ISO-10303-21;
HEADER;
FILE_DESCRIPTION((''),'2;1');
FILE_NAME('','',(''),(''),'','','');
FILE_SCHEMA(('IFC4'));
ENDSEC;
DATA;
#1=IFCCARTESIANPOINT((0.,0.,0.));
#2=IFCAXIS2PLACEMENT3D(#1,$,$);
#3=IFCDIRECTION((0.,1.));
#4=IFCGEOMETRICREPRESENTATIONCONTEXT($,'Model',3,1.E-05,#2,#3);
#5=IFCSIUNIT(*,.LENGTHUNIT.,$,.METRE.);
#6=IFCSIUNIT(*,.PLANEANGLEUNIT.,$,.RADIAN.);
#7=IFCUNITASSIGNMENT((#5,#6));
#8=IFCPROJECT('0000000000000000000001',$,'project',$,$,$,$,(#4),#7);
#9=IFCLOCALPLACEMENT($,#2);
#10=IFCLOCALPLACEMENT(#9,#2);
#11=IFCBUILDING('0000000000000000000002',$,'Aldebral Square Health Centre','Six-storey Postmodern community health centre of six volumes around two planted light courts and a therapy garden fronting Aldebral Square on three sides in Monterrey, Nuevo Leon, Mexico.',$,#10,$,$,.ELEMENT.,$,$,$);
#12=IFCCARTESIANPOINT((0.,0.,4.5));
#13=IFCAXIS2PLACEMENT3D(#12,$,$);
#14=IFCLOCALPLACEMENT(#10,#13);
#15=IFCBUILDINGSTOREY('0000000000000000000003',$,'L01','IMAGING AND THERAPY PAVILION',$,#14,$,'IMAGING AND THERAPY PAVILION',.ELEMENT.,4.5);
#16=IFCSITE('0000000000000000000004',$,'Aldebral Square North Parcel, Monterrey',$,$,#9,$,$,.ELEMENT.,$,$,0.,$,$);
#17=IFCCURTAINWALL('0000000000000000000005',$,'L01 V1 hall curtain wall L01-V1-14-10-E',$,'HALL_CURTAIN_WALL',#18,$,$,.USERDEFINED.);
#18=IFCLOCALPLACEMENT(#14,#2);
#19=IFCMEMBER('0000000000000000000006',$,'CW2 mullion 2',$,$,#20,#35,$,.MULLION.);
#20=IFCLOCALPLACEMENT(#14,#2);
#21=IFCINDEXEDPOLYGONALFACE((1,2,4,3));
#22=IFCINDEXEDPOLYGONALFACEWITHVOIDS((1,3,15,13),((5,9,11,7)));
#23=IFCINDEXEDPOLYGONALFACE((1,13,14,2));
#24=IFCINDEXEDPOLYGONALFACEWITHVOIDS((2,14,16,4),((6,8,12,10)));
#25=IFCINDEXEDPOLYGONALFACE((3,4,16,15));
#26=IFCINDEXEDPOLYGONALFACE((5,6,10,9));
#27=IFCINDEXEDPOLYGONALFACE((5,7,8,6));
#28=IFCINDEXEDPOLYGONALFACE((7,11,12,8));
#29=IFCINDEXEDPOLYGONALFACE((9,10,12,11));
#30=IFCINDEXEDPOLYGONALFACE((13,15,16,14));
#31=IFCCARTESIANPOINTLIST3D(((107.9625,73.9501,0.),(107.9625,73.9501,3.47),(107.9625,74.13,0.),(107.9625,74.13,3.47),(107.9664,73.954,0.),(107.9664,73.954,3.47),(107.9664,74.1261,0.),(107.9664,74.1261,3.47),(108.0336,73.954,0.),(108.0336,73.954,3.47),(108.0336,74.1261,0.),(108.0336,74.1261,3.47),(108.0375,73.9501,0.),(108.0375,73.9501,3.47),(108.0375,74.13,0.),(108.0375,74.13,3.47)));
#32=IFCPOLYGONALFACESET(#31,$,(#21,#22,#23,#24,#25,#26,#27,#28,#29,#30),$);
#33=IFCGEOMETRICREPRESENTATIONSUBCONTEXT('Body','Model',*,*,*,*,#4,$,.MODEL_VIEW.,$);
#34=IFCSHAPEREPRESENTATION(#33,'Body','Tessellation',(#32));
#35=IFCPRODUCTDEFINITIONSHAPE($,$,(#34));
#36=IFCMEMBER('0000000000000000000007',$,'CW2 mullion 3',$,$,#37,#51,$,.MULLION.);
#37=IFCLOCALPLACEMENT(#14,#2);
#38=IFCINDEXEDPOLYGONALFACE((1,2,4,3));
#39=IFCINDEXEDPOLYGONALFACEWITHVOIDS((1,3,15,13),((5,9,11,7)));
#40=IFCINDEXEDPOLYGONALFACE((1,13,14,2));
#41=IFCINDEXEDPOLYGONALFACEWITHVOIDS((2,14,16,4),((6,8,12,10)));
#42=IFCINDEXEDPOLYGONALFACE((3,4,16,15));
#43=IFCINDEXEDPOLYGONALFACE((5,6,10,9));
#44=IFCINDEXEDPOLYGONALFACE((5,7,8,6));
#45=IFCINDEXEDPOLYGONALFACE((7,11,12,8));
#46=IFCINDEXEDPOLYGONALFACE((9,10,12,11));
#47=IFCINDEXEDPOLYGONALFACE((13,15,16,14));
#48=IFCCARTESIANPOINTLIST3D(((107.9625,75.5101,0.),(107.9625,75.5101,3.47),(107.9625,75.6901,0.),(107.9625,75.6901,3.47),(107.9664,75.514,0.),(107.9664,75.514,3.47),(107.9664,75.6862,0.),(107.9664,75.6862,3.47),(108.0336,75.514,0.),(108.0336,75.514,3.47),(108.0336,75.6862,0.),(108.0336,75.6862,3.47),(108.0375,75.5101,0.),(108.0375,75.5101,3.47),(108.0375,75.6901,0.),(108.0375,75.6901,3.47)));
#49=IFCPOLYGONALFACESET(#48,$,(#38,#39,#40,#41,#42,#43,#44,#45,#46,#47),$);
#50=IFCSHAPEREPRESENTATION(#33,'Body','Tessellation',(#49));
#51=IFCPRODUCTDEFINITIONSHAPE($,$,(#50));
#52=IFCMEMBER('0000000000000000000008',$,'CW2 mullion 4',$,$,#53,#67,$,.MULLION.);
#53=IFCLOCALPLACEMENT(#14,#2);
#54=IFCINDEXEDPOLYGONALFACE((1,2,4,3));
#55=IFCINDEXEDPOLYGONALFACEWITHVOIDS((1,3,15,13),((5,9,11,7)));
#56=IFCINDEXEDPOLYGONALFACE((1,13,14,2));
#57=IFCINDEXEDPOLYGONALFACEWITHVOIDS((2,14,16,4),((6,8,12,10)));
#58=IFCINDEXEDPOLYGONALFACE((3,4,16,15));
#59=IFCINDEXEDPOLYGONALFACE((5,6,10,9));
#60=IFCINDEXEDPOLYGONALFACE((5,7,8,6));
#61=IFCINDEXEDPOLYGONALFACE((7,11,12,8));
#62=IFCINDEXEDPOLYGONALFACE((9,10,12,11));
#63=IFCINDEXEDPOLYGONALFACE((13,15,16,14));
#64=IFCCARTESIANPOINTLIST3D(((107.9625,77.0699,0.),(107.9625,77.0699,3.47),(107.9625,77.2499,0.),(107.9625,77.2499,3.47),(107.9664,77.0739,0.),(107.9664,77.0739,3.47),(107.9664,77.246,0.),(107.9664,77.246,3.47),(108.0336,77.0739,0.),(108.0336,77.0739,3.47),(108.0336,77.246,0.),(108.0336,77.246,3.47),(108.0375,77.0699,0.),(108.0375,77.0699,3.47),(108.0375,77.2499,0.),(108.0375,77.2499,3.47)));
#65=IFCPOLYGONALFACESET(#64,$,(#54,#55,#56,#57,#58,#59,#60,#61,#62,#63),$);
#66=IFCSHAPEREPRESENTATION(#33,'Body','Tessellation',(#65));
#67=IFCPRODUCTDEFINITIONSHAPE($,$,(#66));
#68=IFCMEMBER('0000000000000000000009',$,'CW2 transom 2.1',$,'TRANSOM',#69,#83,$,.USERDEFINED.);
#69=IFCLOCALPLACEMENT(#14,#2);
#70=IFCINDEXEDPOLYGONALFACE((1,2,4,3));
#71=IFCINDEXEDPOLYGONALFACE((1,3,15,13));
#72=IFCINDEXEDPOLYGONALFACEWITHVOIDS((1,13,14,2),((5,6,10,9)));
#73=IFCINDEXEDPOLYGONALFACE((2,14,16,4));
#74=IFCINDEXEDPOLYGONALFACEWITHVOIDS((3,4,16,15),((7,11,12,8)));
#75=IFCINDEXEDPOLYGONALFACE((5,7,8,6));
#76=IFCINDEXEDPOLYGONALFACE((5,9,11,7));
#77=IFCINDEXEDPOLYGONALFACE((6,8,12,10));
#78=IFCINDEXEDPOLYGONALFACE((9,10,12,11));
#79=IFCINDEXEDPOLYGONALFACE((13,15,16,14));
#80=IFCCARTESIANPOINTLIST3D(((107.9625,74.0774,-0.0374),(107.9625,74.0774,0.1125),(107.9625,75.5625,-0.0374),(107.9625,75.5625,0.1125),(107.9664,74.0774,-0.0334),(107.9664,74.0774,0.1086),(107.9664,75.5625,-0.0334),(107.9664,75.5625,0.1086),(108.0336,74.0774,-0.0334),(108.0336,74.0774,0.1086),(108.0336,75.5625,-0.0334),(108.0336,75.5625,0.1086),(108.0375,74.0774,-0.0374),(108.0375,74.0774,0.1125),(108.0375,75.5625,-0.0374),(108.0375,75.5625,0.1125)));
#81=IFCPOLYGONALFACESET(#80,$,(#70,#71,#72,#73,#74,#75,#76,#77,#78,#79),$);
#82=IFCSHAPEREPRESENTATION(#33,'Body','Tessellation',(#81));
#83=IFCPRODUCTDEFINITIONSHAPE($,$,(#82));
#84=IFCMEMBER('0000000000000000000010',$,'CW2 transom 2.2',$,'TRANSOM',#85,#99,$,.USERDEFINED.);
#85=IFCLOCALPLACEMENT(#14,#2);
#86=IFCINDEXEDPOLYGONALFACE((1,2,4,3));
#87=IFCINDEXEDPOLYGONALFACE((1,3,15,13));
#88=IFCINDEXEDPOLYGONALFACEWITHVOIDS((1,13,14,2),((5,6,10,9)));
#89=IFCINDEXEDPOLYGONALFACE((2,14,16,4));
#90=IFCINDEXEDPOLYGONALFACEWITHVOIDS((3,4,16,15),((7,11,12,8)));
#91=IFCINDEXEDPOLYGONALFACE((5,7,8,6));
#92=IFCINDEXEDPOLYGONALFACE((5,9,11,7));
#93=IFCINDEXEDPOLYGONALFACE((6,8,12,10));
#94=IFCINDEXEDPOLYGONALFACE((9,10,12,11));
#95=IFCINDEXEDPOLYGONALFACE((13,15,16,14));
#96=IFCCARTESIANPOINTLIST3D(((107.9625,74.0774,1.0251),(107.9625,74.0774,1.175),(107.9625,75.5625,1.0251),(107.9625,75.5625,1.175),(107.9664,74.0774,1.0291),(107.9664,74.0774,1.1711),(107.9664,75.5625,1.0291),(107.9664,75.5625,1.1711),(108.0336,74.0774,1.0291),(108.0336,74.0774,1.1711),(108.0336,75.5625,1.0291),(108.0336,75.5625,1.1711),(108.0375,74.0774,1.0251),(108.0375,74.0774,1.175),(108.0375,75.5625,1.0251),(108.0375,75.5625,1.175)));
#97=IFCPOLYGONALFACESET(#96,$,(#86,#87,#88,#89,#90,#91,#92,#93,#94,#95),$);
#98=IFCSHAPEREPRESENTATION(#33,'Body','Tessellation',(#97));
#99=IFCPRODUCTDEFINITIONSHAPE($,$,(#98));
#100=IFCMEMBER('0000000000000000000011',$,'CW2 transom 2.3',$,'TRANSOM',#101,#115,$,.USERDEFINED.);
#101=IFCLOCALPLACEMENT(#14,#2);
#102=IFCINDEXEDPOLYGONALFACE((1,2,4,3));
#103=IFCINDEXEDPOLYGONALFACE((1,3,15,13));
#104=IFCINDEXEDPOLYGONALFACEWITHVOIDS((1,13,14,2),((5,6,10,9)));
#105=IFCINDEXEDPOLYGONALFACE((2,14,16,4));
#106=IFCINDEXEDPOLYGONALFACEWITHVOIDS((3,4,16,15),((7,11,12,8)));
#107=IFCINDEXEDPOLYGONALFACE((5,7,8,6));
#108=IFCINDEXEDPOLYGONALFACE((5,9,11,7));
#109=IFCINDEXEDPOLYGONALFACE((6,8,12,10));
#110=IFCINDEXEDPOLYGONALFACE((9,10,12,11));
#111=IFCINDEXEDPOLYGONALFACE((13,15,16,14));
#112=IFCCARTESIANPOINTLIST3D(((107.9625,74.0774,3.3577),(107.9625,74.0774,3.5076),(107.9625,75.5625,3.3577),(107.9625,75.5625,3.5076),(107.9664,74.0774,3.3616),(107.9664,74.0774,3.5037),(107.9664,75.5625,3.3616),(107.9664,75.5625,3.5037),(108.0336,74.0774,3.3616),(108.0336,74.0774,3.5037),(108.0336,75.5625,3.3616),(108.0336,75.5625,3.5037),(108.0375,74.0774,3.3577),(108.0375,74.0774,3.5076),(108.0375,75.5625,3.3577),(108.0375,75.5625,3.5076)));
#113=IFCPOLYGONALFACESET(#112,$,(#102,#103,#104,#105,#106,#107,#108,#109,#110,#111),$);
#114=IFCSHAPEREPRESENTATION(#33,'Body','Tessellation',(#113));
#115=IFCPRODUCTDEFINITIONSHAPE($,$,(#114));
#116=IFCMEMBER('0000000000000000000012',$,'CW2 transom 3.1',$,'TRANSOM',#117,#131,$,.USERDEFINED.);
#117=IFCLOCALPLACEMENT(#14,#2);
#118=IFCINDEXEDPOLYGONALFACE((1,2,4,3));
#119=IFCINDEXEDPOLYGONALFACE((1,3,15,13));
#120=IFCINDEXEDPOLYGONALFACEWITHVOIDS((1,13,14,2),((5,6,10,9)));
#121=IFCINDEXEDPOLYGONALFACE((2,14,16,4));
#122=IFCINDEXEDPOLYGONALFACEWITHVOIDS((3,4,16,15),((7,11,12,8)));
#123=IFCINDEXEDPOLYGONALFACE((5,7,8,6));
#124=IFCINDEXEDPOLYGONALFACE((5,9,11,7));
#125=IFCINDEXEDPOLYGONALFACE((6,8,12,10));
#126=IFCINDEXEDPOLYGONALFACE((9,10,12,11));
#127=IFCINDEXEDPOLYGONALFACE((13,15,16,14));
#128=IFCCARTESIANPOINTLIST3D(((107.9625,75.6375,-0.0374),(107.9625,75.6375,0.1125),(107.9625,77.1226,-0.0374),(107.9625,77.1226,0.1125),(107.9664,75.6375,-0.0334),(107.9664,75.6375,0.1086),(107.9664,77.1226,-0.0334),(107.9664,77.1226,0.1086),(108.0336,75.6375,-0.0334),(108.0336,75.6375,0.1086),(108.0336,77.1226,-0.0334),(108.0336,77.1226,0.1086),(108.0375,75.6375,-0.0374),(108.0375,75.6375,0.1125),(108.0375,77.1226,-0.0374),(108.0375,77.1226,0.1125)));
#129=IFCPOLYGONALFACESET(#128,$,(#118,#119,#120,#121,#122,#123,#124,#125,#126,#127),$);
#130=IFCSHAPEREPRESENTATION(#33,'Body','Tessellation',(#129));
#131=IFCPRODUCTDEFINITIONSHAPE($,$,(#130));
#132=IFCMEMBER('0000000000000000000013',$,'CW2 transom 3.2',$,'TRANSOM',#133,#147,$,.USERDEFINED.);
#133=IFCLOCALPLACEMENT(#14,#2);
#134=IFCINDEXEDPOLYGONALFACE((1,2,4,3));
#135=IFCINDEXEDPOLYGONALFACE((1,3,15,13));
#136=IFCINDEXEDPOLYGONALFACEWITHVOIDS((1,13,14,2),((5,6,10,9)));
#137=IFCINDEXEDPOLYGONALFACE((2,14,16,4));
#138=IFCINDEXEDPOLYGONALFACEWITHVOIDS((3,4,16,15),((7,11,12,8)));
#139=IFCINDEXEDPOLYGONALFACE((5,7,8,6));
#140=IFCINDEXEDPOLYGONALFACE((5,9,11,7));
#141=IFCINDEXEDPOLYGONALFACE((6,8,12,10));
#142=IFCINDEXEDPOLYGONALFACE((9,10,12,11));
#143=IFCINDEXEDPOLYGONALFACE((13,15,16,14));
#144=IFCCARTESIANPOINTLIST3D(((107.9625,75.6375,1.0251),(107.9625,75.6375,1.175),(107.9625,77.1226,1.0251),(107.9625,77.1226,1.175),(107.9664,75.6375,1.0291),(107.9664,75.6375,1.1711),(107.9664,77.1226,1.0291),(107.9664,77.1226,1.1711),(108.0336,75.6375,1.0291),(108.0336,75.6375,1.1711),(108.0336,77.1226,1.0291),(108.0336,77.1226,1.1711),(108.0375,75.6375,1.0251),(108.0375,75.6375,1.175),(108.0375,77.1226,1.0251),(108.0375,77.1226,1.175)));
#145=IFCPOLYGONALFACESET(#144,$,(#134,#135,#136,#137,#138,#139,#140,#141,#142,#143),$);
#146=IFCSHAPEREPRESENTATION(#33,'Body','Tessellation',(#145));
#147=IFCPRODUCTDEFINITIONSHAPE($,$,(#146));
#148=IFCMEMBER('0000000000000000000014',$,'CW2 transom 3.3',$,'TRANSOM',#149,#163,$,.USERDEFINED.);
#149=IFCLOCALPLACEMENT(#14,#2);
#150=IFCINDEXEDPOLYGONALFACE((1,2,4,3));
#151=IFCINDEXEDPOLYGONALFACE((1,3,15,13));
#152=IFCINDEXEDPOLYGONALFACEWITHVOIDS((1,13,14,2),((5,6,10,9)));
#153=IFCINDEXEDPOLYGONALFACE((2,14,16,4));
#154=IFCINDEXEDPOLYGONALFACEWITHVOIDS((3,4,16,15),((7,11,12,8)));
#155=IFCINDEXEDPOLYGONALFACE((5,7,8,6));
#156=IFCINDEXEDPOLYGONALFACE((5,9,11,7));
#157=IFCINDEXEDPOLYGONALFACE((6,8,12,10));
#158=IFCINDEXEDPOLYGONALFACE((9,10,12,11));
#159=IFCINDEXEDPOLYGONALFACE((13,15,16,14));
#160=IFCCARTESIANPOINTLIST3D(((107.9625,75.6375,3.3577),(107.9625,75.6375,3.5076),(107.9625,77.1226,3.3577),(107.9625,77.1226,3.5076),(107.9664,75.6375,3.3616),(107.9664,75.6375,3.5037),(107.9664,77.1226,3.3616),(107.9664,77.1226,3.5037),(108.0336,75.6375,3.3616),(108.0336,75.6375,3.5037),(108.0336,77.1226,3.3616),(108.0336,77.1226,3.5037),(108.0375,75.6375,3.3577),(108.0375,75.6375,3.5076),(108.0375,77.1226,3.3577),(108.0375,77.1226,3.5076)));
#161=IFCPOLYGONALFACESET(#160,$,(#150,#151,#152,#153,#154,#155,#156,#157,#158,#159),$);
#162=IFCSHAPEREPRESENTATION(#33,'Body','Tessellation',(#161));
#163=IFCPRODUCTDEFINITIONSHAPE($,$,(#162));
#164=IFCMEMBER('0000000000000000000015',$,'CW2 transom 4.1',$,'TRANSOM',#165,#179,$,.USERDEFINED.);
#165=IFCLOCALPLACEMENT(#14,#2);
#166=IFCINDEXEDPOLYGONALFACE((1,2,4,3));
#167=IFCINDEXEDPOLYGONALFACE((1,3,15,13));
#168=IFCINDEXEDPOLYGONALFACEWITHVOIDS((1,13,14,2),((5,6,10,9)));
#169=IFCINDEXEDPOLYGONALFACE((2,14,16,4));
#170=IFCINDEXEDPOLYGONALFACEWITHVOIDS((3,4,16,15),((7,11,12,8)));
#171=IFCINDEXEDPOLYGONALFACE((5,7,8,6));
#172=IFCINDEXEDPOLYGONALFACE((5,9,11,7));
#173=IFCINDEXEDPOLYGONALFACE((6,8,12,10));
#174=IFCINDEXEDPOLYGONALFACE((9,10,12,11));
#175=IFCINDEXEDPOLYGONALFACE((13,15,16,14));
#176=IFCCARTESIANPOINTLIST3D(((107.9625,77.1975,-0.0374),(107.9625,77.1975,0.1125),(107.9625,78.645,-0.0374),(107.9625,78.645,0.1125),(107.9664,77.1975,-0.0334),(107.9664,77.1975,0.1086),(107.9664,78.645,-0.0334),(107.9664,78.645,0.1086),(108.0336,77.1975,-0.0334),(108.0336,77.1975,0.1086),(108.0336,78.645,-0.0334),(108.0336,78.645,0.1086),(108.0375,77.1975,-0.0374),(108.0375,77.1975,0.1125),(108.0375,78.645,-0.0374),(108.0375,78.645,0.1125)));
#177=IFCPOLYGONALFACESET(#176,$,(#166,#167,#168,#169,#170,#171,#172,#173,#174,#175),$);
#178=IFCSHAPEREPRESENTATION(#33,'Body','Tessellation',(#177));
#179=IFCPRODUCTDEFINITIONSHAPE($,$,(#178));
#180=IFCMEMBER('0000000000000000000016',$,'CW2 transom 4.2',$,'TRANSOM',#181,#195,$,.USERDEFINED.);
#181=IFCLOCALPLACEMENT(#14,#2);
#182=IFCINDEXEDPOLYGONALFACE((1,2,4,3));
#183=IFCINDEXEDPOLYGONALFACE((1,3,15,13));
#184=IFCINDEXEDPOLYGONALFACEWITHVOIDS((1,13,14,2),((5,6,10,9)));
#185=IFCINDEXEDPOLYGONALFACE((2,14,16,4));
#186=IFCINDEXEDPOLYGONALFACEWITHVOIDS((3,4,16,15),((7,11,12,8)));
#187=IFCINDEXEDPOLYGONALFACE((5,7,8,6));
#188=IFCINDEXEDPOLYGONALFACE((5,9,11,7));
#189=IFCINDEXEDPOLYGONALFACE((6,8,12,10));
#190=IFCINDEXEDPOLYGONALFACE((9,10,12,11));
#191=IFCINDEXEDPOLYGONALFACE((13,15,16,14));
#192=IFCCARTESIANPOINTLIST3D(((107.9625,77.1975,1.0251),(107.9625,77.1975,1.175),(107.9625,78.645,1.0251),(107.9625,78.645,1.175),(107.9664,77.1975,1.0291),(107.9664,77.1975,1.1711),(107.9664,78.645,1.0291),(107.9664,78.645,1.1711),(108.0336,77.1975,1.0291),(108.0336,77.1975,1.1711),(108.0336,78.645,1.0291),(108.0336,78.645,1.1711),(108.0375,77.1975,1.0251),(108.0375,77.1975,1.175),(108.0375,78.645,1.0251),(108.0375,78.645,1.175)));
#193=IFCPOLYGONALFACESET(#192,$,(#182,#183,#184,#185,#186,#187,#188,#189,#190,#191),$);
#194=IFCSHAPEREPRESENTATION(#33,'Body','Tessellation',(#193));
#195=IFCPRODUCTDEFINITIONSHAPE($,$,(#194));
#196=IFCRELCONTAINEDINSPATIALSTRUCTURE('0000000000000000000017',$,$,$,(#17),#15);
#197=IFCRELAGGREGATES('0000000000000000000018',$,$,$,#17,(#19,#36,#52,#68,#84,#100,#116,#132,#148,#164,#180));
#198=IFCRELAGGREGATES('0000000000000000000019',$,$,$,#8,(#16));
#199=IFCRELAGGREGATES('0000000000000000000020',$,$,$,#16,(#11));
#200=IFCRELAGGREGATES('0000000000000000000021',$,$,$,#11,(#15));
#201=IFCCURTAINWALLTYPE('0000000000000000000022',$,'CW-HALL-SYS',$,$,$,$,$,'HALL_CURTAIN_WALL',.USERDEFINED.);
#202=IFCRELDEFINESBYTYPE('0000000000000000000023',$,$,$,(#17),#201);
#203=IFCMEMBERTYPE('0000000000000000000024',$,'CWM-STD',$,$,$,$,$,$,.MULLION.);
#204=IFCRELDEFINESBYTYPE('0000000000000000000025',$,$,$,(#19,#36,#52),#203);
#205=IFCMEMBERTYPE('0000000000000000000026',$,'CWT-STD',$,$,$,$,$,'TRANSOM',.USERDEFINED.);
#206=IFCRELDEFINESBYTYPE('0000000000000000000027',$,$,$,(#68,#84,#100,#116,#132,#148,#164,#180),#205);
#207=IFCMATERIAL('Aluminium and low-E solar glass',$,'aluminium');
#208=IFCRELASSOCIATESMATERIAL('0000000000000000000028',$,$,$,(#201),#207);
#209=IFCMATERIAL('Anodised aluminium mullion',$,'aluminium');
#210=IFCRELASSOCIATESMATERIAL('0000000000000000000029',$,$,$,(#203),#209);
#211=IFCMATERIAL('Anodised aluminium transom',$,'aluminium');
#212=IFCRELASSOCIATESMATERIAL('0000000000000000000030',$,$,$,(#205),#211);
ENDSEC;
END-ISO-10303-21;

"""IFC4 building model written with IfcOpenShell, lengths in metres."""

from ifc_helpers import new_model, si_unit, direction, frame, origin, origin_2d, place, context, subcontext, project, spatial, hollow_rectangle, extrude, material, material_profile, profile_set, type_object, element, aggregate, save


model = new_model("IFC4")

# Units and contexts
model_context = context("Model", 3, precision=1e-05, world=origin(), true_north=direction((0.0, 1.0)))
body_context = subcontext(model_context, "Body", "Model", "MODEL_VIEW")
ifc_project = project(units=[si_unit("LENGTHUNIT", "METRE"), si_unit("PLANEANGLEUNIT", "RADIAN")], contexts=[model_context])

# Site, building, storey
site_placement = place(None, origin())
site = spatial("IfcSite", under=ifc_project, at=site_placement, Name="Aldebral Square North Parcel, Monterrey", CompositionType="ELEMENT", RefElevation=0.0)
building_placement = place(site_placement, origin())
building = spatial("IfcBuilding", under=site, at=building_placement, Name="Aldebral Square Health Centre", Description="Six-storey Postmodern community health centre of six volumes around two planted light courts and a therapy garden fronting Aldebral Square on three sides in Monterrey, Nuevo Leon, Mexico.", CompositionType="ELEMENT")
storey_placement = place(building_placement, frame((0.0, 0.0, 4.5)))
storey = spatial("IfcBuildingStorey", under=building, at=storey_placement, Name="L01", Description="IMAGING AND THERAPY PAVILION", LongName="IMAGING AND THERAPY PAVILION", CompositionType="ELEMENT", Elevation=4.5)

# Curtain wall, members
ifc_material_1 = material(Name="Aluminium and low-E solar glass", Category="aluminium")
curtain_wall_type = type_object("IfcCurtainWallType", Name="CW-HALL-SYS", ElementType="HALL_CURTAIN_WALL", PredefinedType="USERDEFINED", material=ifc_material_1)
curtain_wall_placement = place(storey_placement, origin())
curtain_wall = element("IfcCurtainWall", 1, at=curtain_wall_placement, inside=storey, type_object=curtain_wall_type, Name="L01 V1 hall curtain wall L01-V1-14-10-E", ObjectType="HALL_CURTAIN_WALL", PredefinedType="USERDEFINED")
ifc_material_2 = material(Name="Anodised aluminium mullion", Category="aluminium")
ifc_material_profile_1 = material_profile(ifc_material_2, hollow_rectangle(XDim=0.075, YDim=0.1799, WallThickness=0.0039, at=origin_2d()), Name="CWM 75x180x4")
ifc_profile_set_1 = profile_set([ifc_material_profile_1], Name="Anodised aluminium mullion")
member_type_1 = type_object("IfcMemberType", Name="CWM-STD", PredefinedType="MULLION", material=ifc_profile_set_1)
member_1_placement = place(storey_placement, frame((108.0, 74.04, 0.0), z_axis=(0.0, 0.0, 1.0), x_axis=(-1.0, 0.0, 0.0)))
member_1 = element("IfcMember", 2, at=member_1_placement, type_object=member_type_1, Name="CW2 mullion 2", PredefinedType="MULLION", context=body_context, shape_type="SweptSolid", body=[
    extrude(hollow_rectangle(XDim=0.075, YDim=0.1799, WallThickness=0.0039, at=origin_2d()), origin(), (0.0, 0.0, 1.0), 3.47),
])
member_2_placement = place(storey_placement, frame((108.0, 75.6001, 0.0), z_axis=(0.0, 0.0, 1.0), x_axis=(-1.0, 0.0, 0.0)))
member_2 = element("IfcMember", 3, at=member_2_placement, type_object=member_type_1, Name="CW2 mullion 3", PredefinedType="MULLION", context=body_context, shape_type="SweptSolid", body=[
    extrude(hollow_rectangle(XDim=0.075, YDim=0.1799, WallThickness=0.0039, at=origin_2d()), origin(), (0.0, 0.0, 1.0), 3.47),
])
member_3_placement = place(storey_placement, frame((108.0, 77.1599, 0.0), z_axis=(0.0, 0.0, 1.0), x_axis=(-1.0, 0.0, 0.0)))
member_3 = element("IfcMember", 4, at=member_3_placement, type_object=member_type_1, Name="CW2 mullion 4", PredefinedType="MULLION", context=body_context, shape_type="SweptSolid", body=[
    extrude(hollow_rectangle(XDim=0.075, YDim=0.1799, WallThickness=0.0039, at=origin_2d()), origin(), (0.0, 0.0, 1.0), 3.47),
])
ifc_material_3 = material(Name="Anodised aluminium transom", Category="aluminium")
ifc_material_profile_2 = material_profile(ifc_material_3, hollow_rectangle(XDim=0.075, YDim=0.1499, WallThickness=0.0039, at=origin_2d()), Name="CWT 75x150x4")
ifc_profile_set_2 = profile_set([ifc_material_profile_2], Name="Anodised aluminium transom")
member_type_2 = type_object("IfcMemberType", Name="CWT-STD", ElementType="TRANSOM", PredefinedType="USERDEFINED", material=ifc_profile_set_2)
member_4_placement = place(storey_placement, frame((108.0, 74.0774, 0.0376), z_axis=(0.0, 1.0, 0.0), x_axis=(-1.0, 0.0, 0.0)))
member_4 = element("IfcMember", 5, at=member_4_placement, type_object=member_type_2, Name="CW2 transom 2.1", ObjectType="TRANSOM", PredefinedType="USERDEFINED", context=body_context, shape_type="SweptSolid", body=[
    extrude(hollow_rectangle(XDim=0.075, YDim=0.1499, WallThickness=0.0039, at=origin_2d()), origin(), (0.0, 0.0, 1.0), 1.4851),
])
member_5_placement = place(storey_placement, frame((108.0, 74.0774, 1.1001), z_axis=(0.0, 1.0, 0.0), x_axis=(-1.0, 0.0, 0.0)))
member_5 = element("IfcMember", 6, at=member_5_placement, type_object=member_type_2, Name="CW2 transom 2.2", ObjectType="TRANSOM", PredefinedType="USERDEFINED", context=body_context, shape_type="SweptSolid", body=[
    extrude(hollow_rectangle(XDim=0.075, YDim=0.1499, WallThickness=0.0039, at=origin_2d()), origin(), (0.0, 0.0, 1.0), 1.4851),
])
member_6_placement = place(storey_placement, frame((108.0, 74.0774, 3.4326), z_axis=(0.0, 1.0, 0.0), x_axis=(-1.0, 0.0, 0.0)))
member_6 = element("IfcMember", 7, at=member_6_placement, type_object=member_type_2, Name="CW2 transom 2.3", ObjectType="TRANSOM", PredefinedType="USERDEFINED", context=body_context, shape_type="SweptSolid", body=[
    extrude(hollow_rectangle(XDim=0.075, YDim=0.1499, WallThickness=0.0039, at=origin_2d()), origin(), (0.0, 0.0, 1.0), 1.4851),
])
member_7_placement = place(storey_placement, frame((108.0, 75.6375, 0.0376), z_axis=(0.0, 1.0, 0.0), x_axis=(-1.0, 0.0, 0.0)))
member_7 = element("IfcMember", 8, at=member_7_placement, type_object=member_type_2, Name="CW2 transom 3.1", ObjectType="TRANSOM", PredefinedType="USERDEFINED", context=body_context, shape_type="SweptSolid", body=[
    extrude(hollow_rectangle(XDim=0.075, YDim=0.1499, WallThickness=0.0039, at=origin_2d()), origin(), (0.0, 0.0, 1.0), 1.4851),
])
member_8_placement = place(storey_placement, frame((108.0, 75.6375, 1.1001), z_axis=(0.0, 1.0, 0.0), x_axis=(-1.0, 0.0, 0.0)))
member_8 = element("IfcMember", 9, at=member_8_placement, type_object=member_type_2, Name="CW2 transom 3.2", ObjectType="TRANSOM", PredefinedType="USERDEFINED", context=body_context, shape_type="SweptSolid", body=[
    extrude(hollow_rectangle(XDim=0.075, YDim=0.1499, WallThickness=0.0039, at=origin_2d()), origin(), (0.0, 0.0, 1.0), 1.4851),
])
member_9_placement = place(storey_placement, frame((108.0, 75.6375, 3.4326), z_axis=(0.0, 1.0, 0.0), x_axis=(-1.0, 0.0, 0.0)))
member_9 = element("IfcMember", 10, at=member_9_placement, type_object=member_type_2, Name="CW2 transom 3.3", ObjectType="TRANSOM", PredefinedType="USERDEFINED", context=body_context, shape_type="SweptSolid", body=[
    extrude(hollow_rectangle(XDim=0.075, YDim=0.1499, WallThickness=0.0039, at=origin_2d()), origin(), (0.0, 0.0, 1.0), 1.4851),
])
member_10_placement = place(storey_placement, frame((108.0, 77.1975, 0.0376), z_axis=(0.0, 1.0, 0.0), x_axis=(-1.0, 0.0, 0.0)))
member_10 = element("IfcMember", 11, at=member_10_placement, type_object=member_type_2, Name="CW2 transom 4.1", ObjectType="TRANSOM", PredefinedType="USERDEFINED", context=body_context, shape_type="SweptSolid", body=[
    extrude(hollow_rectangle(XDim=0.075, YDim=0.1499, WallThickness=0.0039, at=origin_2d()), origin(), (0.0, 0.0, 1.0), 1.4475),
])
member_11_placement = place(storey_placement, frame((108.0, 77.1975, 1.1001), z_axis=(0.0, 1.0, 0.0), x_axis=(-1.0, 0.0, 0.0)))
member_11 = element("IfcMember", 12, at=member_11_placement, type_object=member_type_2, Name="CW2 transom 4.2", ObjectType="TRANSOM", PredefinedType="USERDEFINED", context=body_context, shape_type="SweptSolid", body=[
    extrude(hollow_rectangle(XDim=0.075, YDim=0.1499, WallThickness=0.0039, at=origin_2d()), origin(), (0.0, 0.0, 1.0), 1.4475),
])
aggregate(curtain_wall, [member_1, member_2, member_3, member_4, member_5, member_6, member_7, member_8, member_9, member_10, member_11])

save(model, "model.ifc")
